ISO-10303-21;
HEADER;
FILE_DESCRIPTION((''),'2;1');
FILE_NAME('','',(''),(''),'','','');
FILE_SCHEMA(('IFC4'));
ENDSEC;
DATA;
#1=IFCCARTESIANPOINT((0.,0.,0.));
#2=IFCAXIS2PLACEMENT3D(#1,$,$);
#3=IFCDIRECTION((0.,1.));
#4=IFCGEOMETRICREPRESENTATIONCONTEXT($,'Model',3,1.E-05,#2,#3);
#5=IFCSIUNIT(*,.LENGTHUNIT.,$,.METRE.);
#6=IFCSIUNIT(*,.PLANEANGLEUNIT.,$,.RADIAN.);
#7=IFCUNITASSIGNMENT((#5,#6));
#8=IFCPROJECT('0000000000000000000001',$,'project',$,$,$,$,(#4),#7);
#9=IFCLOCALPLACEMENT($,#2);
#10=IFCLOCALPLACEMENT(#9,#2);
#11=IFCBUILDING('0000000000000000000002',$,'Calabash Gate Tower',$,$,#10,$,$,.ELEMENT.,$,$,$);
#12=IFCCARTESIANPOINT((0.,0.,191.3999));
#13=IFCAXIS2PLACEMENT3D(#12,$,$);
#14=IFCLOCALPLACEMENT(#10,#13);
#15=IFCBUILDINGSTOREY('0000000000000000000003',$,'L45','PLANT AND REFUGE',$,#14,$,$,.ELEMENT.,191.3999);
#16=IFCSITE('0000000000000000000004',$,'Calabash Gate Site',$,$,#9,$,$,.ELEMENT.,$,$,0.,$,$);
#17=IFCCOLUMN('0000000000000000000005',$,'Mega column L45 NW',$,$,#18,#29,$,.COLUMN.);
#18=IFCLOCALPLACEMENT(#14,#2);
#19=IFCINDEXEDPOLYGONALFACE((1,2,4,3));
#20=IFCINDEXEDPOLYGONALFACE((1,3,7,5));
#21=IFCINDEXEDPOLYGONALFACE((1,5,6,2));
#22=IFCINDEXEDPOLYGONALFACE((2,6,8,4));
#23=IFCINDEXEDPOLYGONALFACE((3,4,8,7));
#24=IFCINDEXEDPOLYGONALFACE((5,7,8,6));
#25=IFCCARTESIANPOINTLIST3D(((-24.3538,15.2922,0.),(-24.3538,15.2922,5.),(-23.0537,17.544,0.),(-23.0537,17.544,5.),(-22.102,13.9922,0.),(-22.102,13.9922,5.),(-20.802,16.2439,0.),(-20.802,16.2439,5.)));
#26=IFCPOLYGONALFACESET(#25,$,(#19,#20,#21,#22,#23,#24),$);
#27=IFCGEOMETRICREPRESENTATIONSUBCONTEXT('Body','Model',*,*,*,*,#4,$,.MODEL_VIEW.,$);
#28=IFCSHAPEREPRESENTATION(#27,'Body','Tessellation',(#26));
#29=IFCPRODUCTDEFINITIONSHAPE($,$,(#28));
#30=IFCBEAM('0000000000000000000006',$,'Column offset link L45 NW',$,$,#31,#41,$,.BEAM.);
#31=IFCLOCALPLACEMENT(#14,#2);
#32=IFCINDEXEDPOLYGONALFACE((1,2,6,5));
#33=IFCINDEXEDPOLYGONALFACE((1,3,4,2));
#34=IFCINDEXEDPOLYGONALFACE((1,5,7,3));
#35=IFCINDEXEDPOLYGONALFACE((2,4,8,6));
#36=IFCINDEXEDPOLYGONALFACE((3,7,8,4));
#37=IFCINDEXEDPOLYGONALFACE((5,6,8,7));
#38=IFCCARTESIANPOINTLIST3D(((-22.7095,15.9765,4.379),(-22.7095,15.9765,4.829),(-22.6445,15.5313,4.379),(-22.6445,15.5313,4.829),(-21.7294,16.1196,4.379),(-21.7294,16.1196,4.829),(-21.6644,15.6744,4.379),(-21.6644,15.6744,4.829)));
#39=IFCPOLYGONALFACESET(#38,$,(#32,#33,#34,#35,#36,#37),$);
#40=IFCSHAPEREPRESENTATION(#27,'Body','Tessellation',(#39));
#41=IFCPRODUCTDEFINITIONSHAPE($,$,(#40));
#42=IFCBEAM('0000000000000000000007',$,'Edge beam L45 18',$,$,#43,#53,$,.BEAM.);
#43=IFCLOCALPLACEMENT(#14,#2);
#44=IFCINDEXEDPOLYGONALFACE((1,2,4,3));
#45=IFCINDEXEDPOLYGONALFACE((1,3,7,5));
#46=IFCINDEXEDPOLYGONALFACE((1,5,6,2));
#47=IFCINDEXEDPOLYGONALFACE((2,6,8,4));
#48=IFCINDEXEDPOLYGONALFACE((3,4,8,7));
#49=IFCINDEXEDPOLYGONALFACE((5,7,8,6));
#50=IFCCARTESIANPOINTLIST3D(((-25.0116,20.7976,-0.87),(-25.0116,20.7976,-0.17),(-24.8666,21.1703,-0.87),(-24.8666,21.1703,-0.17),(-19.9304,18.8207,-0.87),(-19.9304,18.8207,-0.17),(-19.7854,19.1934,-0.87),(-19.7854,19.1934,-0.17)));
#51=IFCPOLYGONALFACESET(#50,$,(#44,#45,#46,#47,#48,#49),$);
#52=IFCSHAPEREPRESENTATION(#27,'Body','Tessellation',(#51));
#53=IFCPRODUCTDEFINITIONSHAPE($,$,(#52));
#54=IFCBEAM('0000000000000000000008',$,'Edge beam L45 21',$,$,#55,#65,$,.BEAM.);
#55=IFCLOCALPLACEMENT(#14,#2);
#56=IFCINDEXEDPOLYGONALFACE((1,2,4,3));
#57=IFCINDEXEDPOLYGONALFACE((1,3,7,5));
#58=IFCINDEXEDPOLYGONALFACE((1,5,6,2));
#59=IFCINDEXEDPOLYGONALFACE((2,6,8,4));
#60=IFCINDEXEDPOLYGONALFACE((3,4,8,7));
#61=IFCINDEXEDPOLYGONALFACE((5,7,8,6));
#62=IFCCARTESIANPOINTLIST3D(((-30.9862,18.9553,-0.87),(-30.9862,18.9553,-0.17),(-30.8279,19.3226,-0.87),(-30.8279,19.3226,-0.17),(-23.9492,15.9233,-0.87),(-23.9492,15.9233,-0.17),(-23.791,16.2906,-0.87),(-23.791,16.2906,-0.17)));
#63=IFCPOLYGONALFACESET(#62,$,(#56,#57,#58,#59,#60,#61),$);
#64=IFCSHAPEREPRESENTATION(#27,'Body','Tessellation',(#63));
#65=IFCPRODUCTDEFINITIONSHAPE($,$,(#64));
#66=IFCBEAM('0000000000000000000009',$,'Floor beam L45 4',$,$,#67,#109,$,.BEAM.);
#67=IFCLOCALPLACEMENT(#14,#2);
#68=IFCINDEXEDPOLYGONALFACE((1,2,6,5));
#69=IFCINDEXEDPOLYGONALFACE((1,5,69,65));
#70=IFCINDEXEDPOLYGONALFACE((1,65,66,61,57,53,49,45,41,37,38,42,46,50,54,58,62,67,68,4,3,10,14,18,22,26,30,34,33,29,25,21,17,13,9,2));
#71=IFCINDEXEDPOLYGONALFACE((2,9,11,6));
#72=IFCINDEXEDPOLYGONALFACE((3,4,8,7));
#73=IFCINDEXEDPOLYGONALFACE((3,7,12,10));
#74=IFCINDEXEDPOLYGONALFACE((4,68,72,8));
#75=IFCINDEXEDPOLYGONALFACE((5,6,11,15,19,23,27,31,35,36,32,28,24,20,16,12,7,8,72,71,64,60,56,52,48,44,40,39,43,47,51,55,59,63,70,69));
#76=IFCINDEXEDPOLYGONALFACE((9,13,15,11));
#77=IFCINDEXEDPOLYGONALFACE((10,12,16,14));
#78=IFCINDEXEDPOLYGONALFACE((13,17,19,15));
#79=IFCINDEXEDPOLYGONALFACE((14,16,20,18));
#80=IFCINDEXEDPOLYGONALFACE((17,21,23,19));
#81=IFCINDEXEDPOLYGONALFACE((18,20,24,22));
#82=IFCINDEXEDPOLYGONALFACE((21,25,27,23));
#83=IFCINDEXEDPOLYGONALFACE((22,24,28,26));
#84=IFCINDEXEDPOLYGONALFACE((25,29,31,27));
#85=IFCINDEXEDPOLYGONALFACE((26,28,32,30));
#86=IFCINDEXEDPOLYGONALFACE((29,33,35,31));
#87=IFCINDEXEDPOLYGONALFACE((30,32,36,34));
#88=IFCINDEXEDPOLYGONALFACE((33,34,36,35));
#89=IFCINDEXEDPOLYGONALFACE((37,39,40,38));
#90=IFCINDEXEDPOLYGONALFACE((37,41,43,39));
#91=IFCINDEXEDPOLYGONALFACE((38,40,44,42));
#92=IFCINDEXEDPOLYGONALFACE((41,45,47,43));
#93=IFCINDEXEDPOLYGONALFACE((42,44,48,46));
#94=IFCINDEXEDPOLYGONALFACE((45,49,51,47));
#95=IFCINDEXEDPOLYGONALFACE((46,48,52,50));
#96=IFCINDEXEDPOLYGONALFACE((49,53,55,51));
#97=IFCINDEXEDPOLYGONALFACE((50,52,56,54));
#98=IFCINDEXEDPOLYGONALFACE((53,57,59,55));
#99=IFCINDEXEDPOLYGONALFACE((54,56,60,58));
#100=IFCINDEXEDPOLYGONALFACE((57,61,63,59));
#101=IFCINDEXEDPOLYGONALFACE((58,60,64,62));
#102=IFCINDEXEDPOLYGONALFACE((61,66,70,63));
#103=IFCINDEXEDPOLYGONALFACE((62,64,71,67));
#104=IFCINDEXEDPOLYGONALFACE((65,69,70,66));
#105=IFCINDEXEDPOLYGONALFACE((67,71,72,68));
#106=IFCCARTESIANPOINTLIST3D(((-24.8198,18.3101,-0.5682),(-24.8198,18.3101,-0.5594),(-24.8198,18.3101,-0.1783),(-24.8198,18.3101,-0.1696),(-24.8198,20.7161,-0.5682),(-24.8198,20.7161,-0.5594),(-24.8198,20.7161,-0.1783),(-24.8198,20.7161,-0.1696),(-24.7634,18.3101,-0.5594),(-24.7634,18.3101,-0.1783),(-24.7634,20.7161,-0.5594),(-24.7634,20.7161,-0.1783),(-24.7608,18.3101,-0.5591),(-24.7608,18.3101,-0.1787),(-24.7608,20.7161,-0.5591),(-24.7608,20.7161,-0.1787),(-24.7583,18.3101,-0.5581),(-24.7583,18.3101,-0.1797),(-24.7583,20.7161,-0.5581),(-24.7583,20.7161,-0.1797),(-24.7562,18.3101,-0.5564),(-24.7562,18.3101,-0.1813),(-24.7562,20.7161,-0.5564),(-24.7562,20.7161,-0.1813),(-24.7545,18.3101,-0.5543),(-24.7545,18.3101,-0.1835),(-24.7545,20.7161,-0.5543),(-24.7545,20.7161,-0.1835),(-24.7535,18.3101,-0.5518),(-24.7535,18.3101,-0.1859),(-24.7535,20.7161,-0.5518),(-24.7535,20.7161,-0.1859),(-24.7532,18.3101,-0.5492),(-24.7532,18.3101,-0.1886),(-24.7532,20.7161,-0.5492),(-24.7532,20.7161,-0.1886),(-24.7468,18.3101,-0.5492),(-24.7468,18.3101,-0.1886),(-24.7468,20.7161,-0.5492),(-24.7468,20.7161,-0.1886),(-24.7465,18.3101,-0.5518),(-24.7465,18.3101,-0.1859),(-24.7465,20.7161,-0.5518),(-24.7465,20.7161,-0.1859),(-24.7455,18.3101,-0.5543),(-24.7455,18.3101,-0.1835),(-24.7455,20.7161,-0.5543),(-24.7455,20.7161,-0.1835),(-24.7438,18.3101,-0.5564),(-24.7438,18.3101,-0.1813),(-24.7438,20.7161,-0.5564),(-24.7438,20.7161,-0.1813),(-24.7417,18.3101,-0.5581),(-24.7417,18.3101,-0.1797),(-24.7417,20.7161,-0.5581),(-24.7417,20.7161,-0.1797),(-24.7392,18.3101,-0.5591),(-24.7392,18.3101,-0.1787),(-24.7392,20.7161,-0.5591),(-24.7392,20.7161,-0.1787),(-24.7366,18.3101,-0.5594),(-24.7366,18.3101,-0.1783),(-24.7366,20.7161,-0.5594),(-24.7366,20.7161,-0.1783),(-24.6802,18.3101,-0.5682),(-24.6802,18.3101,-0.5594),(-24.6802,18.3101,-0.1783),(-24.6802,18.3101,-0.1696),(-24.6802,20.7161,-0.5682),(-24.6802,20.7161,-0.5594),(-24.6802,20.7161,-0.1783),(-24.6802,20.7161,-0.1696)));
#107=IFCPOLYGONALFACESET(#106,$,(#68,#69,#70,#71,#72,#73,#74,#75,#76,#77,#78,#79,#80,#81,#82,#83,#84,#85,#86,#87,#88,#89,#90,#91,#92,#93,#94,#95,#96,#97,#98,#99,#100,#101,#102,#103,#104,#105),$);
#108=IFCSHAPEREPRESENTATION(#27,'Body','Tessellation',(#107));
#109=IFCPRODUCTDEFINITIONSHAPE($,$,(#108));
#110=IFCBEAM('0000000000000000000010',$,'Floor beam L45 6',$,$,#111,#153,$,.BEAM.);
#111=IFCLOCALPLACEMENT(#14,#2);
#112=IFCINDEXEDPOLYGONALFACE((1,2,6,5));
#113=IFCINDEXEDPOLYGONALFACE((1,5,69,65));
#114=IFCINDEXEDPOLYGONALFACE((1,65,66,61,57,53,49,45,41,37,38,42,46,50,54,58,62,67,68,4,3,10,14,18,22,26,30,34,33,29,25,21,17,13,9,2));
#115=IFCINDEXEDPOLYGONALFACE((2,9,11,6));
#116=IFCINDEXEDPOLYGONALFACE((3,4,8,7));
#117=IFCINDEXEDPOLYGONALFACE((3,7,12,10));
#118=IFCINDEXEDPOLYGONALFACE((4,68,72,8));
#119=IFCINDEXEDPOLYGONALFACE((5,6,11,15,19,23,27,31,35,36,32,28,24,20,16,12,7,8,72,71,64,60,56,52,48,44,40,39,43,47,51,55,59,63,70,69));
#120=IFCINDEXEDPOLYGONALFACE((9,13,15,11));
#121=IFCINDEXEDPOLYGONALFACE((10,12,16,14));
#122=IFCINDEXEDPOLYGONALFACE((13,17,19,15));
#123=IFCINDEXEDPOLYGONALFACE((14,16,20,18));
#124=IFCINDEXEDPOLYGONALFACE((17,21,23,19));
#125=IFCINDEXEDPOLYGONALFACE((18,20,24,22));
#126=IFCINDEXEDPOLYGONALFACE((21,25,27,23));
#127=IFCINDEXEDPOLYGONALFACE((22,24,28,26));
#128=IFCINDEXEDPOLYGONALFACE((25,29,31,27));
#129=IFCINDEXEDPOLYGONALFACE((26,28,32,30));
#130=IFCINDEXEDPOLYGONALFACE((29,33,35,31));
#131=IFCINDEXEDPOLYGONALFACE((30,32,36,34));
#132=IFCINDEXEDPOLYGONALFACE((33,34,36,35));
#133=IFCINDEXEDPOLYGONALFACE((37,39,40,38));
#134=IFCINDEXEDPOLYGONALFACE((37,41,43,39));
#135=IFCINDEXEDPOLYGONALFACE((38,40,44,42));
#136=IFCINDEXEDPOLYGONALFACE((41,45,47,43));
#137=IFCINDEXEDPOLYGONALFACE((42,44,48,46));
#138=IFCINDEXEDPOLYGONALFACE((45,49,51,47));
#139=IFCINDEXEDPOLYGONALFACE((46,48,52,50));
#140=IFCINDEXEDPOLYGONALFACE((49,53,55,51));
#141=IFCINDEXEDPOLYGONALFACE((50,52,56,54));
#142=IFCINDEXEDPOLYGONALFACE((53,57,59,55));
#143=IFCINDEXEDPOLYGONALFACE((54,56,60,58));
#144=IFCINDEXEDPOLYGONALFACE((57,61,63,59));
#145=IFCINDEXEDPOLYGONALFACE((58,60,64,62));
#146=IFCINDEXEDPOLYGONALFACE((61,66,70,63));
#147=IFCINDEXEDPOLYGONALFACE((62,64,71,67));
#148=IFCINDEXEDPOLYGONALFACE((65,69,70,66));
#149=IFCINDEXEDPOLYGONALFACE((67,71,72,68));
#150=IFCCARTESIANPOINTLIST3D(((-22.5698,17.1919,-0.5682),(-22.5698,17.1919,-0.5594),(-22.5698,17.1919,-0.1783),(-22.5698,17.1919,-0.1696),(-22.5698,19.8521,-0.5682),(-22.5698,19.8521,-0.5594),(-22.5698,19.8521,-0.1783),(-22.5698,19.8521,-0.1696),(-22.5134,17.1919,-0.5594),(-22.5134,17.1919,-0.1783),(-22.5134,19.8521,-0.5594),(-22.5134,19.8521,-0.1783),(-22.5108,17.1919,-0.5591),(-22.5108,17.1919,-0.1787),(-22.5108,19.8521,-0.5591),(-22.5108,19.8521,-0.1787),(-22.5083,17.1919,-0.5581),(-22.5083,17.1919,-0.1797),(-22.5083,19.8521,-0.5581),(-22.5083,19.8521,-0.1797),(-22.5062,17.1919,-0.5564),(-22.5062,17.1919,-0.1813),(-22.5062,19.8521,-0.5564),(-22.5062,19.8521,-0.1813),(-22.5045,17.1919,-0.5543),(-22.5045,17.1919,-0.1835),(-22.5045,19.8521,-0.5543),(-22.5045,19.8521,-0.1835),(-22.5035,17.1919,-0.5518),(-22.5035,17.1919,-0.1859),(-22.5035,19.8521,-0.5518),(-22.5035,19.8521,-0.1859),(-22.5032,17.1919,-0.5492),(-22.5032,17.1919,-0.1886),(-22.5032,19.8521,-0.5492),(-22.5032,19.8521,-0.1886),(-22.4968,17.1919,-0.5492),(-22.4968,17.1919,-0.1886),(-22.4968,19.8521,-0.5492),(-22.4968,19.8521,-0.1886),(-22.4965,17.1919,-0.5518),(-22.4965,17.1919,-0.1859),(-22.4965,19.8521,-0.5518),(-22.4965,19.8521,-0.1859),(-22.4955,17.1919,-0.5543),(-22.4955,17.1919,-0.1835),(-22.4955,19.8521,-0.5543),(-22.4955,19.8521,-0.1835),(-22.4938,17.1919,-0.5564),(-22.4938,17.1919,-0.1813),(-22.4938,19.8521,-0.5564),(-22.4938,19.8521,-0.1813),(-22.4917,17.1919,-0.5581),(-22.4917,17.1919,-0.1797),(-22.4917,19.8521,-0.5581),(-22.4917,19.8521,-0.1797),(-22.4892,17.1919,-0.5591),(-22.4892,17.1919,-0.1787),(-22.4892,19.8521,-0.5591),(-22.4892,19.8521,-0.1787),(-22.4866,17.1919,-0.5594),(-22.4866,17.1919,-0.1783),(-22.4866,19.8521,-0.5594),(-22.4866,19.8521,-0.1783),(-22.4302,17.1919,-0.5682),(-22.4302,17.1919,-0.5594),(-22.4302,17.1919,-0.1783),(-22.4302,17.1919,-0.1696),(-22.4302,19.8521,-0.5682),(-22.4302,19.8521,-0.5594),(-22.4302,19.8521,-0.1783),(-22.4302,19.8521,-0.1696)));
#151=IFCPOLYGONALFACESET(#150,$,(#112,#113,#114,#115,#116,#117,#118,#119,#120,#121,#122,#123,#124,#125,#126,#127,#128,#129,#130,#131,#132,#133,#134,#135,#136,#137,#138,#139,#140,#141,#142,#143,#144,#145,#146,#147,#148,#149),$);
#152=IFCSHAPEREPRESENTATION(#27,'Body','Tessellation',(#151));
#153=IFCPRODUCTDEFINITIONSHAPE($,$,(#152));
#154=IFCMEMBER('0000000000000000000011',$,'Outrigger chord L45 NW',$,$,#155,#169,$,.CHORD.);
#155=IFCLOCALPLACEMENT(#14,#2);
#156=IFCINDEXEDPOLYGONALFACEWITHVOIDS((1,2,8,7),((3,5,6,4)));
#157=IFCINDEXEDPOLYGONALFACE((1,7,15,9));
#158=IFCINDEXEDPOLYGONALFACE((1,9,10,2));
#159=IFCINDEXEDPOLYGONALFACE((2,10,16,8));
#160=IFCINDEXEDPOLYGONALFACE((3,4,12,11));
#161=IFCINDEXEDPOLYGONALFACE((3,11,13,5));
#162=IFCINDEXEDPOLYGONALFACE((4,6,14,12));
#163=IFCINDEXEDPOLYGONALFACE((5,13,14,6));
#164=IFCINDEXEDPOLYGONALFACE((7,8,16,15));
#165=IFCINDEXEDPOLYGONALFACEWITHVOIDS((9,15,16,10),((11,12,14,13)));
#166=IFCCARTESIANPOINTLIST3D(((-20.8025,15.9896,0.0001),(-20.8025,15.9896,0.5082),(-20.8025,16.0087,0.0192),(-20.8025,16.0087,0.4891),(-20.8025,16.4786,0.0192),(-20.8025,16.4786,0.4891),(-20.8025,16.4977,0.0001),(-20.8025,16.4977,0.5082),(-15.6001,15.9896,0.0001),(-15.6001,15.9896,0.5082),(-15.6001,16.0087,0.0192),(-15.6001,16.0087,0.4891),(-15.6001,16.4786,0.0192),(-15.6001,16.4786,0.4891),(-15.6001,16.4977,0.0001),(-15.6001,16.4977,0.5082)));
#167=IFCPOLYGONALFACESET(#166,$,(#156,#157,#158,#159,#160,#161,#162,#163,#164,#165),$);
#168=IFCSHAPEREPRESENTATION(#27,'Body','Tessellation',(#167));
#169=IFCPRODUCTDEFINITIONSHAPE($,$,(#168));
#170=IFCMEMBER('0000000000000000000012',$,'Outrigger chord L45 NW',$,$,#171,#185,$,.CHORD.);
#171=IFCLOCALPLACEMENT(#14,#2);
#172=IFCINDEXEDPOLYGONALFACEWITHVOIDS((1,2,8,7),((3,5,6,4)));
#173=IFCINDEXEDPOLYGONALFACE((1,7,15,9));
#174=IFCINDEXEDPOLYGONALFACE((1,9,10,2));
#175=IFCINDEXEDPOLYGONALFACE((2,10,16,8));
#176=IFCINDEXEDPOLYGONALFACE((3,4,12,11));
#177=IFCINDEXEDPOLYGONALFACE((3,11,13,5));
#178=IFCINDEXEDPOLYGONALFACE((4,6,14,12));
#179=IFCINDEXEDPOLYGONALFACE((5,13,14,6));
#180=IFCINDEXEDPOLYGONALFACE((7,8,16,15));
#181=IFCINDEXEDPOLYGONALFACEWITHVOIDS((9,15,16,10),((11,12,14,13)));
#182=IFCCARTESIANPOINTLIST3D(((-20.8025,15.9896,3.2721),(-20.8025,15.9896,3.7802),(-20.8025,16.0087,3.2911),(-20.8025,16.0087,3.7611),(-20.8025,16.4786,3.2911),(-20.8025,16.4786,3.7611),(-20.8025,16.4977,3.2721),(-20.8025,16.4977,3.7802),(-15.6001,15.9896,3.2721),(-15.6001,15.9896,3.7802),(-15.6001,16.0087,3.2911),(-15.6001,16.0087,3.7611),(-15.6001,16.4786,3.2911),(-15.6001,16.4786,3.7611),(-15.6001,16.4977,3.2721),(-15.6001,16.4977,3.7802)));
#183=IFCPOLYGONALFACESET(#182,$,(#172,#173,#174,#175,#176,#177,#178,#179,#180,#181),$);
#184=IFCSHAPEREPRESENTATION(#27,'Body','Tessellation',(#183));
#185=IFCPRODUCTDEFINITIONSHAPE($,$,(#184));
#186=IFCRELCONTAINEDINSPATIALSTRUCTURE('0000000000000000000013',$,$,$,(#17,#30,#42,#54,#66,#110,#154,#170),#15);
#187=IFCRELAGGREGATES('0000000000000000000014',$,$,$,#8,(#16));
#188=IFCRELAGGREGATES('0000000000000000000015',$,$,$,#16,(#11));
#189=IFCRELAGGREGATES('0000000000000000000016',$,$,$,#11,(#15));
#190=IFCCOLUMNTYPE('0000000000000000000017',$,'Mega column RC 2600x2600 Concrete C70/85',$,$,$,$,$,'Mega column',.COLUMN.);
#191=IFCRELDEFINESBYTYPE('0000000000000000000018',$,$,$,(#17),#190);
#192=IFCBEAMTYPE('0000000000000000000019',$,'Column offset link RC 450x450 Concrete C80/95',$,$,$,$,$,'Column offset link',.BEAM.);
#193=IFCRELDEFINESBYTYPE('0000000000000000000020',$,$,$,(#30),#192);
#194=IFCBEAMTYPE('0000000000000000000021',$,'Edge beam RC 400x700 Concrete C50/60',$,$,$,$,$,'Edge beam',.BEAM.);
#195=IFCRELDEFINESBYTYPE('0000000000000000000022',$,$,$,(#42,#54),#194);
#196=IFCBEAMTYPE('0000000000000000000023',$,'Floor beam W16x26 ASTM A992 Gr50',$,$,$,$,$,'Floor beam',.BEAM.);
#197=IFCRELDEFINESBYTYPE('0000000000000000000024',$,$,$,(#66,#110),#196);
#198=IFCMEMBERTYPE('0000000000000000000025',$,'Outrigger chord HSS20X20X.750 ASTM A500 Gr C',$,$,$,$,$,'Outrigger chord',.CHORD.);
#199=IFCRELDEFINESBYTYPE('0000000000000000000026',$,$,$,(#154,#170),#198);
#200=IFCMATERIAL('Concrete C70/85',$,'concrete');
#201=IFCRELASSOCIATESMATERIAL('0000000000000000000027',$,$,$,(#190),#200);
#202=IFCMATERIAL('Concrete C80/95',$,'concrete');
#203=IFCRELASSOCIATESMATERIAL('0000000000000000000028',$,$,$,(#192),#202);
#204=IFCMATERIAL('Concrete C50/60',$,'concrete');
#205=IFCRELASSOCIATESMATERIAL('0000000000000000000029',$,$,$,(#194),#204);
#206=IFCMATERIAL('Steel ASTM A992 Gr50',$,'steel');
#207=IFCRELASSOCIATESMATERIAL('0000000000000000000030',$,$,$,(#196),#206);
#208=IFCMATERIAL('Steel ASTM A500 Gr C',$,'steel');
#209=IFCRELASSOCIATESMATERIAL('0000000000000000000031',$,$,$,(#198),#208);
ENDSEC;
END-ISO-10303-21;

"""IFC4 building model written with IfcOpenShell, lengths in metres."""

from ifc_helpers import new_model, si_unit, direction, frame, origin, origin_2d, place, context, subcontext, project, spatial, rectangle, hollow_rectangle, i_section, extrude, material, material_profile, profile_set, type_object, element, save


model = new_model("IFC4")

# Units and contexts
model_context = context("Model", 3, precision=1e-05, world=origin(), true_north=direction((0.0, 1.0)))
body_context = subcontext(model_context, "Body", "Model", "MODEL_VIEW")
ifc_project = project(units=[si_unit("LENGTHUNIT", "METRE"), si_unit("PLANEANGLEUNIT", "RADIAN")], contexts=[model_context])

# Site, building, storey
site_placement = place(None, origin())
site = spatial("IfcSite", under=ifc_project, at=site_placement, Name="Calabash Gate Site", CompositionType="ELEMENT", RefElevation=0.0)
building_placement = place(site_placement, origin())
building = spatial("IfcBuilding", under=site, at=building_placement, Name="Calabash Gate Tower", CompositionType="ELEMENT")
storey_placement = place(building_placement, frame((0.0, 0.0, 191.3999)))
storey = spatial("IfcBuildingStorey", under=building, at=storey_placement, Name="L45", Description="PLANT AND REFUGE", CompositionType="ELEMENT", Elevation=191.3999)

# Column
ifc_material_1 = material(Name="Concrete C70/85", Category="concrete")
ifc_material_profile_1 = material_profile(ifc_material_1, rectangle(XDim=2.6001, YDim=2.6001, at=origin_2d()))
ifc_profile_set_1 = profile_set([ifc_material_profile_1], Name="Concrete C70/85")
column_type = type_object("IfcColumnType", Name="Mega column RC 2600x2600 Concrete C70/85", ElementType="Mega column", PredefinedType="COLUMN", material=ifc_profile_set_1)
column_placement = place(storey_placement, frame((-22.5779, 15.7681, 0.0), z_axis=(0.0, 0.0, 1.0), x_axis=(0.866025, -0.5, 0.0)))
element("IfcColumn", 1, at=column_placement, inside=storey, type_object=column_type, Name="Mega column L45 NW", PredefinedType="COLUMN", context=body_context, shape_type="SweptSolid", body=[
    extrude(rectangle(XDim=2.6001, YDim=2.6001, at=origin_2d()), origin(), (0.0, 0.0, 1.0), 5.0),
])

# Beams
ifc_material_2 = material(Name="Concrete C80/95", Category="concrete")
ifc_material_profile_2 = material_profile(ifc_material_2, rectangle(XDim=0.45, YDim=0.45, at=origin_2d()))
ifc_profile_set_2 = profile_set([ifc_material_profile_2], Name="Concrete C80/95")
beam_type_1 = type_object("IfcBeamType", Name="Column offset link RC 450x450 Concrete C80/95", ElementType="Column offset link", PredefinedType="BEAM", material=ifc_profile_set_2)
beam_1_placement = place(storey_placement, frame((-22.677, 15.7539, 4.604), z_axis=(0.989511, 0.144458, 0.0), x_axis=(-0.144458, 0.989511, 0.0)))
element("IfcBeam", 2, at=beam_1_placement, inside=storey, type_object=beam_type_1, Name="Column offset link L45 NW", PredefinedType="BEAM", context=body_context, shape_type="SweptSolid", body=[
    extrude(rectangle(XDim=0.45, YDim=0.45, at=origin_2d()), origin(), (0.0, 0.0, 1.0), 0.9905),
])
ifc_material_3 = material(Name="Concrete C50/60", Category="concrete")
ifc_material_profile_3 = material_profile(ifc_material_3, rectangle(XDim=0.3999, YDim=0.7, at=origin_2d()))
ifc_profile_set_3 = profile_set([ifc_material_profile_3], Name="Concrete C50/60")
beam_type_2 = type_object("IfcBeamType", Name="Edge beam RC 400x700 Concrete C50/60", ElementType="Edge beam", PredefinedType="BEAM", material=ifc_profile_set_3)
beam_2_placement = place(storey_placement, frame((-19.8579, 19.0071, -0.52), z_axis=(-0.931953, 0.36258, 0.0), x_axis=(-0.36258, -0.931953, 0.0)))
element("IfcBeam", 3, at=beam_2_placement, inside=storey, type_object=beam_type_2, Name="Edge beam L45 18", PredefinedType="BEAM", context=body_context, shape_type="SweptSolid", body=[
    extrude(rectangle(XDim=0.3999, YDim=0.7, at=origin_2d()), origin(), (0.0, 0.0, 1.0), 5.4521),
])
beam_3_placement = place(storey_placement, frame((-23.8701, 16.1069, -0.52), z_axis=(-0.918379, 0.395703, 0.0), x_axis=(-0.395703, -0.918379, 0.0)))
element("IfcBeam", 4, at=beam_3_placement, inside=storey, type_object=beam_type_2, Name="Edge beam L45 21", PredefinedType="BEAM", context=body_context, shape_type="SweptSolid", body=[
    extrude(rectangle(XDim=0.3999, YDim=0.7, at=origin_2d()), origin(), (0.0, 0.0, 1.0), 7.6624),
])
ifc_material_4 = material(Name="Steel ASTM A992 Gr50", Category="steel")
ifc_material_profile_4 = material_profile(ifc_material_4, i_section(OverallWidth=0.1396, OverallDepth=0.3987, WebThickness=0.0063, FlangeThickness=0.0088, FilletRadius=0.0103, at=origin_2d()))
ifc_profile_set_4 = profile_set([ifc_material_profile_4], Name="Steel ASTM A992 Gr50")
beam_type_3 = type_object("IfcBeamType", Name="Floor beam W16x26 ASTM A992 Gr50", ElementType="Floor beam", PredefinedType="BEAM", material=ifc_profile_set_4)
beam_4_placement = place(storey_placement, frame((-24.75, 18.3101, -0.3689), z_axis=(0.0, 1.0, 0.0), x_axis=(-1.0, 0.0, 0.0)))
element("IfcBeam", 5, at=beam_4_placement, inside=storey, type_object=beam_type_3, Name="Floor beam L45 4", PredefinedType="BEAM", context=body_context, shape_type="SweptSolid", body=[
    extrude(i_section(OverallWidth=0.1396, OverallDepth=0.3987, WebThickness=0.0063, FlangeThickness=0.0088, FilletRadius=0.0103, at=origin_2d()), origin(), (0.0, 0.0, 1.0), 2.406),
])
beam_5_placement = place(storey_placement, frame((-22.5, 17.1919, -0.3689), z_axis=(0.0, 1.0, 0.0), x_axis=(-1.0, 0.0, 0.0)))
element("IfcBeam", 6, at=beam_5_placement, inside=storey, type_object=beam_type_3, Name="Floor beam L45 6", PredefinedType="BEAM", context=body_context, shape_type="SweptSolid", body=[
    extrude(i_section(OverallWidth=0.1396, OverallDepth=0.3987, WebThickness=0.0063, FlangeThickness=0.0088, FilletRadius=0.0103, at=origin_2d()), origin(), (0.0, 0.0, 1.0), 2.6602),
])

# Members
ifc_material_5 = material(Name="Steel ASTM A500 Gr C", Category="steel")
ifc_material_profile_5 = material_profile(ifc_material_5, hollow_rectangle(XDim=0.5081, YDim=0.5081, WallThickness=0.019, at=origin_2d()))
ifc_profile_set_5 = profile_set([ifc_material_profile_5], Name="Steel ASTM A500 Gr C")
member_type_1 = type_object("IfcMemberType", Name="Outrigger chord HSS20X20X.750 ASTM A500 Gr C", ElementType="Outrigger chord", PredefinedType="CHORD", material=ifc_profile_set_5)
for number, where, z_axis, x_axis, name in (
    (7, (-20.8025, 16.2437, 0.2542), (1.0, 0.0, 0.0), (0.0, 1.0, 0.0), "Outrigger chord L45 NW"),
    (8, (-20.8025, 16.2437, 3.5261), (1.0, 0.0, 0.0), (0.0, 1.0, 0.0), "Outrigger chord L45 NW"),
):
    element("IfcMember", number, at=place(storey_placement, frame(where, z_axis=z_axis, x_axis=x_axis)), inside=storey, type_object=member_type_1, Name=name, PredefinedType="CHORD", context=body_context, shape_type="SweptSolid", body=[
        extrude(hollow_rectangle(XDim=0.5081, YDim=0.5081, WallThickness=0.019, at=origin_2d()), origin(), (0.0, 0.0, 1.0), 5.2024),
    ])

save(model, "model.ifc")
